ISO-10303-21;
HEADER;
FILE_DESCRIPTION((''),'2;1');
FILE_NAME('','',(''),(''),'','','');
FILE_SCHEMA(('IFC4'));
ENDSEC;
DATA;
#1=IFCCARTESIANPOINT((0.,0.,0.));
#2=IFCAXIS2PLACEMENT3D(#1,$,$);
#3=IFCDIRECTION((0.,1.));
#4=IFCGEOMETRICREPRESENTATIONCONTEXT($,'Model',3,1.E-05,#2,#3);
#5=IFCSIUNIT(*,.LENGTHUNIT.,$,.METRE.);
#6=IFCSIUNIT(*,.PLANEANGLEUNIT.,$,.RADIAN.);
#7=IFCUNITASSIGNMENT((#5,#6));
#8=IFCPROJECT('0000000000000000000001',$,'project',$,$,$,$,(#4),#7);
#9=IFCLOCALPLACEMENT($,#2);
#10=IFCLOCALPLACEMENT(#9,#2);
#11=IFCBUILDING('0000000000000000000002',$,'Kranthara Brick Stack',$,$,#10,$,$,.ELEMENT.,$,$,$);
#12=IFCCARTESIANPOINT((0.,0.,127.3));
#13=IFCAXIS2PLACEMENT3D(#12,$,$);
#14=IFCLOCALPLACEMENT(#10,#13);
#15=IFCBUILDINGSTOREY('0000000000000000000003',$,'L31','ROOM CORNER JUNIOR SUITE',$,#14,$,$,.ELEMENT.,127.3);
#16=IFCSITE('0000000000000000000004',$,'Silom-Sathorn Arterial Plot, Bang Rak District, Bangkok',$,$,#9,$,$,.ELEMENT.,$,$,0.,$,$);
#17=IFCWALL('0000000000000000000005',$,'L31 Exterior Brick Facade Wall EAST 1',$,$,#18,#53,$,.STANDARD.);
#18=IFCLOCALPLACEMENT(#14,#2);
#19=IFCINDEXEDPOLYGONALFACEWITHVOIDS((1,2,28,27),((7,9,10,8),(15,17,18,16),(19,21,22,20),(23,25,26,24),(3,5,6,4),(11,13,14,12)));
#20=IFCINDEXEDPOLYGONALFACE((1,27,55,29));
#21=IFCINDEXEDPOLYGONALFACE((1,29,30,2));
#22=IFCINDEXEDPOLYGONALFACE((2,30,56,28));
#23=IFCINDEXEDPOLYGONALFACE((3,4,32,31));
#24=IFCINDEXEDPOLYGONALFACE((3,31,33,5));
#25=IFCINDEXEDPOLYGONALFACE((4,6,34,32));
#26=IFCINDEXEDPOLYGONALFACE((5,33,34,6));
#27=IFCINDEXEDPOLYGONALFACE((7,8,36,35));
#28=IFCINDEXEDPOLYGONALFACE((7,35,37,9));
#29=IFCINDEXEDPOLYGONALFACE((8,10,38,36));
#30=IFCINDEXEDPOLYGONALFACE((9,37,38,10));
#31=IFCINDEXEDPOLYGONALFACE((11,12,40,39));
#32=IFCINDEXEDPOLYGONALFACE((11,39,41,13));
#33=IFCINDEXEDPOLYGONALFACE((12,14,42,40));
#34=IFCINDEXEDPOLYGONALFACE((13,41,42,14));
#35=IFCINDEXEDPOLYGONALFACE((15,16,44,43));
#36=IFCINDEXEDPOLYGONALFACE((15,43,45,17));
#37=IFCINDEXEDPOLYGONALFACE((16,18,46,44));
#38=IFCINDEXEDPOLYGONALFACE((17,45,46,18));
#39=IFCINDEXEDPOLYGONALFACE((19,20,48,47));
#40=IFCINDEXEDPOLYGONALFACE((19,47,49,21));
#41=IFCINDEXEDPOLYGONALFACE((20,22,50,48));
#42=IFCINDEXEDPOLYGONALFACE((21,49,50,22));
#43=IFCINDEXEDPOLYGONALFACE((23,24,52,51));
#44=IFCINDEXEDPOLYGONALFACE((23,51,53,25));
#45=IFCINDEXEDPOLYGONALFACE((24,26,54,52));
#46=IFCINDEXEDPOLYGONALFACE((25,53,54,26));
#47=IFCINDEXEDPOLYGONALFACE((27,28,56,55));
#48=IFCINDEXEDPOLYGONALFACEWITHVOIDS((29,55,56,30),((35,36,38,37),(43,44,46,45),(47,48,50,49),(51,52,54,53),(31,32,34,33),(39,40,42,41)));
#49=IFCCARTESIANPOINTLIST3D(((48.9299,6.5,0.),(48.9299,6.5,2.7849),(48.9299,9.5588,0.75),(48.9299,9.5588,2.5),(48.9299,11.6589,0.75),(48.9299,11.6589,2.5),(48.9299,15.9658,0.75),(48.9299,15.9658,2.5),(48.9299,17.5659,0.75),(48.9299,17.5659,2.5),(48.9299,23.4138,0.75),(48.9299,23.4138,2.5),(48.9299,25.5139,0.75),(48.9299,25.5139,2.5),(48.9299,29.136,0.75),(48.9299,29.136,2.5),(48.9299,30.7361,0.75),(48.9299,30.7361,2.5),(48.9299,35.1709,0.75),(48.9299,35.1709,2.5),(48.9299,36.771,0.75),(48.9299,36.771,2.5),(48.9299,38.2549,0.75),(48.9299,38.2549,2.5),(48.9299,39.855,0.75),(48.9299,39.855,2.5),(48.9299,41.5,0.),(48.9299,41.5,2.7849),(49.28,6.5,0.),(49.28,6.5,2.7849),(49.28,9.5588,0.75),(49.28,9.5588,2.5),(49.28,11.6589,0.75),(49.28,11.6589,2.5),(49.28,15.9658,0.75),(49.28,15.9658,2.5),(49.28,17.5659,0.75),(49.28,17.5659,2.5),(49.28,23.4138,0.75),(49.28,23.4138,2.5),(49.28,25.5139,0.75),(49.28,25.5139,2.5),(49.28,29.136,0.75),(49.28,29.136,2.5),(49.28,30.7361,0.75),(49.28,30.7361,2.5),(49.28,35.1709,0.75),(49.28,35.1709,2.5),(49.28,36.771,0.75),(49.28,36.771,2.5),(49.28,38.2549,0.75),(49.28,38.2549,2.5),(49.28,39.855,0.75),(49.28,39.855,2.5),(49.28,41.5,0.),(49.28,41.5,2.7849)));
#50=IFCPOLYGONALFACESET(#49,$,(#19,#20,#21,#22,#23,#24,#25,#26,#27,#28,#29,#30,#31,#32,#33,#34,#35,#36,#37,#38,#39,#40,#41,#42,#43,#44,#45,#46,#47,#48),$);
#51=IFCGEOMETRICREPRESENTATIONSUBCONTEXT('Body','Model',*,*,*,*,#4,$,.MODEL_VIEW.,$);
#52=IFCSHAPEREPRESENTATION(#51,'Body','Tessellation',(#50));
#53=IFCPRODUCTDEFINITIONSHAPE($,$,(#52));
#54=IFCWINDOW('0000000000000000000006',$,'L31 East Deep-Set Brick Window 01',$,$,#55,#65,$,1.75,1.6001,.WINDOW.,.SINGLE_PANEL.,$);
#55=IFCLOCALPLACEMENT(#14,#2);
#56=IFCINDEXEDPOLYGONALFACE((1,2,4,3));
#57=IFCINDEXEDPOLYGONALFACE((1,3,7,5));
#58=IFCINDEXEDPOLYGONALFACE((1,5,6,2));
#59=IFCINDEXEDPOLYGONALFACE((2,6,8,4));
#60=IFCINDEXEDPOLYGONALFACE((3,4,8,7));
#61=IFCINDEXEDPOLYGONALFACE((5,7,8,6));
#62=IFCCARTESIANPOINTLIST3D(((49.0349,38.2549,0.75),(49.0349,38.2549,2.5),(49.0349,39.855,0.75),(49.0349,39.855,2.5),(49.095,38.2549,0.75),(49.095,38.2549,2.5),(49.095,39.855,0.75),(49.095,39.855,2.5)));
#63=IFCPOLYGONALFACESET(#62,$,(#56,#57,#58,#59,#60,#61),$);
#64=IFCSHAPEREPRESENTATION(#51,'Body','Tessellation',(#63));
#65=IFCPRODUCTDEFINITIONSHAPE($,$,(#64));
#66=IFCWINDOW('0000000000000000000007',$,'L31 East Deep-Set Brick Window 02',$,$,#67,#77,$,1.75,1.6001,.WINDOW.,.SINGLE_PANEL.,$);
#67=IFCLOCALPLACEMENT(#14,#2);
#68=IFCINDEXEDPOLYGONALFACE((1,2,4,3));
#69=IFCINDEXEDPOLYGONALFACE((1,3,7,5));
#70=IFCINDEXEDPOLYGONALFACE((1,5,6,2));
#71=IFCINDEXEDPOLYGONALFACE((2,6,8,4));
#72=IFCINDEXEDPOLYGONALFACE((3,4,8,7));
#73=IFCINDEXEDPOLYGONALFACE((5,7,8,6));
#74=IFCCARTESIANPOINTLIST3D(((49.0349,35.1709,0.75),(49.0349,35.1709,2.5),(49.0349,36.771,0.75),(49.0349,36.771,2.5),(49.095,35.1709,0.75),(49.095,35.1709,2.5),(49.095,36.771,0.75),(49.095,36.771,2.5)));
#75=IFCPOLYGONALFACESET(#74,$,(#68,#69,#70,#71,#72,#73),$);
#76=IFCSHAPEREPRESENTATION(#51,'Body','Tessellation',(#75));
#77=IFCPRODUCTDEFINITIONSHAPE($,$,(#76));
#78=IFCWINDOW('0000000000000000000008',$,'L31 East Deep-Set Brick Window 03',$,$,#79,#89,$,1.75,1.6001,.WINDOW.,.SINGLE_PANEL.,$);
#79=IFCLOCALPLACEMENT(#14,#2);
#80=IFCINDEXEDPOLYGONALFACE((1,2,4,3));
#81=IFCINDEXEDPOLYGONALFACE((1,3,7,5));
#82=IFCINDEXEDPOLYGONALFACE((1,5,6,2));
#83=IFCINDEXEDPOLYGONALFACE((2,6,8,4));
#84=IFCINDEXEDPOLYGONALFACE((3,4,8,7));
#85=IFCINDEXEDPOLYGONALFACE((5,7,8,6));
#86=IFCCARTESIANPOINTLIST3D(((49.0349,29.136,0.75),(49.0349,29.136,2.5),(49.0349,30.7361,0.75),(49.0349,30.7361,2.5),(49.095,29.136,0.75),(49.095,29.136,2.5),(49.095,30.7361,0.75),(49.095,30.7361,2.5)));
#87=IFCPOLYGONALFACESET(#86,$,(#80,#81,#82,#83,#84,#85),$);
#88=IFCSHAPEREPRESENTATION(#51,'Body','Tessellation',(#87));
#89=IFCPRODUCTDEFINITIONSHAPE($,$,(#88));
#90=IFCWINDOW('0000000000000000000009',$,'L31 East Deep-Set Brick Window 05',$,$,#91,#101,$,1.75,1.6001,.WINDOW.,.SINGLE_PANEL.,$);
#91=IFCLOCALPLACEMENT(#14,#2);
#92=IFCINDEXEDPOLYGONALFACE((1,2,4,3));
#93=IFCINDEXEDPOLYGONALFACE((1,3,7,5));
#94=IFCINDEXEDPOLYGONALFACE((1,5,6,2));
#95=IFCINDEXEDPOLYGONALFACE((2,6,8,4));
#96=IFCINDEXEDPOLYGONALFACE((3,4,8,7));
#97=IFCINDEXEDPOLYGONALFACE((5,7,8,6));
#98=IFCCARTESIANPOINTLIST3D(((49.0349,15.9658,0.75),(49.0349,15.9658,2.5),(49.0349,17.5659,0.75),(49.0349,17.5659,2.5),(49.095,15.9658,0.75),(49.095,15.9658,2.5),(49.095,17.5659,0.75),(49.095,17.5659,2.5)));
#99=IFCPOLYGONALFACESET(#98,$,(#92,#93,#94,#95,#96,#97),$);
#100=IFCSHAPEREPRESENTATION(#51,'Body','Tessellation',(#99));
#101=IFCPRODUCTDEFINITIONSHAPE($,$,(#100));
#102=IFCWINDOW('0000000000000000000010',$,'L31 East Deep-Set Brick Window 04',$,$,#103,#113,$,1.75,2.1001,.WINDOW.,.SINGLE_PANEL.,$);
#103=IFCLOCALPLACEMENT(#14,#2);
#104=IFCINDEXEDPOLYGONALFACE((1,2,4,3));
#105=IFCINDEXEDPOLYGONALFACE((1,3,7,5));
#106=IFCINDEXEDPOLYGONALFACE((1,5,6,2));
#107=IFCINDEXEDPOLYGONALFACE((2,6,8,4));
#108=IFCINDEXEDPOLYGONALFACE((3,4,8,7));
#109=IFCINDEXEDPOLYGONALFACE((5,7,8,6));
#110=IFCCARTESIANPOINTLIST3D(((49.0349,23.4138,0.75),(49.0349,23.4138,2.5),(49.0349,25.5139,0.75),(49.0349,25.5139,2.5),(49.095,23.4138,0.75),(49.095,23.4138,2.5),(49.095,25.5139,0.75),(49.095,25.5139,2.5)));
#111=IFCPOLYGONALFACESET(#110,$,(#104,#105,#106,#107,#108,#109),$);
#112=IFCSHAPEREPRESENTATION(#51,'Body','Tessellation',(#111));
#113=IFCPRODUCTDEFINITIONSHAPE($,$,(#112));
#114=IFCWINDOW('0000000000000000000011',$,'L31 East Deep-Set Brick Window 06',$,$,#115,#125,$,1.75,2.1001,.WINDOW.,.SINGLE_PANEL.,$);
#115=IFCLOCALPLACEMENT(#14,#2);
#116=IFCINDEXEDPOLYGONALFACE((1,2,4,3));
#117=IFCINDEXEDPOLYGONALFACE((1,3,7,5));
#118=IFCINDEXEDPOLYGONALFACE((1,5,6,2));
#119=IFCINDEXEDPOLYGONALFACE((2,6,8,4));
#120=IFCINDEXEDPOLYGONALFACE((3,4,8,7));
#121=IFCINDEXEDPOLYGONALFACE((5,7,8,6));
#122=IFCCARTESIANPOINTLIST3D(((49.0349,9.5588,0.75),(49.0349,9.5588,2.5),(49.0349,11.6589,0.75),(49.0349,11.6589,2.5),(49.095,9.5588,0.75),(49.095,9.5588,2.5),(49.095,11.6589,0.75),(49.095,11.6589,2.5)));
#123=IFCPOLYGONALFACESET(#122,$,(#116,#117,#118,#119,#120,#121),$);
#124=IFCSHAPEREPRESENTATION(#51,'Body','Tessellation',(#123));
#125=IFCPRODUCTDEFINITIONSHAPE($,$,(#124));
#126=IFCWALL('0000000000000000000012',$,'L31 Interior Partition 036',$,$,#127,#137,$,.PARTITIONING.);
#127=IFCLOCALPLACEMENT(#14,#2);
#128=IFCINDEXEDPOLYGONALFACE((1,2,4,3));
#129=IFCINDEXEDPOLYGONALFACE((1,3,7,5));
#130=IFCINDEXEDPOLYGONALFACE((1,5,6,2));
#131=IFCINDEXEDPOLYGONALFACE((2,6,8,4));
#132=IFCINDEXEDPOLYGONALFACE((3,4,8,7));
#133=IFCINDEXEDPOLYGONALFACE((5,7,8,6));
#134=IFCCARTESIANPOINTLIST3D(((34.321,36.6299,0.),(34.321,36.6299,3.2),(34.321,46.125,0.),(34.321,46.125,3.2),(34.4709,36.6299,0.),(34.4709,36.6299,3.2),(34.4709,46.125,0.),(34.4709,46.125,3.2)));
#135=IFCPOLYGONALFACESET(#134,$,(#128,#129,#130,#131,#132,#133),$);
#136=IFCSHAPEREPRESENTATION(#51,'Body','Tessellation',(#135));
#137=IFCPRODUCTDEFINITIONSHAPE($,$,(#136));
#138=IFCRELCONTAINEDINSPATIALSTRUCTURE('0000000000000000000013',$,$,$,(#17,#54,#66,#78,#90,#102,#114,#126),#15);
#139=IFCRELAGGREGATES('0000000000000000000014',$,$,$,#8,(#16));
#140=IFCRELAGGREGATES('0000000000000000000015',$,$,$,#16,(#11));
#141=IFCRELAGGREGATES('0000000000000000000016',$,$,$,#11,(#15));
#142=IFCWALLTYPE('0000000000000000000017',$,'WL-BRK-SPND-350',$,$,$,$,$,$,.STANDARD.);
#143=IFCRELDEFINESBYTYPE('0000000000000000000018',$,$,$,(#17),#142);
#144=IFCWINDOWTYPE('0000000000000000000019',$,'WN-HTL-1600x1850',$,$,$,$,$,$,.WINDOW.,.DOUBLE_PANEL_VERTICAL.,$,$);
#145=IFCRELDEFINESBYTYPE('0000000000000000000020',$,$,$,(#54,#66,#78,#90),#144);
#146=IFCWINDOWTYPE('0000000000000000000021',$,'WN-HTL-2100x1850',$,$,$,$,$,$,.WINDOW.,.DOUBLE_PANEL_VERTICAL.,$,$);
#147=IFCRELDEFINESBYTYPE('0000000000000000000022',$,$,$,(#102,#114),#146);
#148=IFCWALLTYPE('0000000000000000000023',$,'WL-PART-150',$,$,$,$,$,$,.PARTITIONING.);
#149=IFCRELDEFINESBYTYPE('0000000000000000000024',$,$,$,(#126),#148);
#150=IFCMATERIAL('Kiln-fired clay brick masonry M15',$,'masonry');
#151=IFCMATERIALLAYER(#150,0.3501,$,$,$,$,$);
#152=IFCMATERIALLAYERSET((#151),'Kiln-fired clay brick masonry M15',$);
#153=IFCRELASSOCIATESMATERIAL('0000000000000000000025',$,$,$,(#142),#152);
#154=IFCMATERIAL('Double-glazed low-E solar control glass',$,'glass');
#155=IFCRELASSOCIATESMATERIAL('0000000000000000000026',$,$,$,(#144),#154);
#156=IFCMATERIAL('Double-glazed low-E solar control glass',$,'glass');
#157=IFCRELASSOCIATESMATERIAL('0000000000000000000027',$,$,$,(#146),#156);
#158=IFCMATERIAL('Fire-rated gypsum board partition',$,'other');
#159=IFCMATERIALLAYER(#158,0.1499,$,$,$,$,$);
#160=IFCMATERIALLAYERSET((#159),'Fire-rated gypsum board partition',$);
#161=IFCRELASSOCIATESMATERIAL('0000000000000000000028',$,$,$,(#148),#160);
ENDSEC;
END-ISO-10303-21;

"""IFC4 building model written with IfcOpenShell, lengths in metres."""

from ifc_helpers import new_model, si_unit, direction, frame, frame_2d, origin, place, context, subcontext, project, spatial, rectangle, extrude, material, layer, layer_set, type_object, element, fill, save


model = new_model("IFC4")

# Units and contexts
model_context = context("Model", 3, precision=1e-05, world=origin(), true_north=direction((0.0, 1.0)))
body_context = subcontext(model_context, "Body", "Model", "MODEL_VIEW")
ifc_project = project(units=[si_unit("LENGTHUNIT", "METRE"), si_unit("PLANEANGLEUNIT", "RADIAN")], contexts=[model_context])

# Site, building, storey
site_placement = place(None, origin())
site = spatial("IfcSite", under=ifc_project, at=site_placement, Name="Silom-Sathorn Arterial Plot, Bang Rak District, Bangkok", CompositionType="ELEMENT", RefElevation=0.0)
building_placement = place(site_placement, origin())
building = spatial("IfcBuilding", under=site, at=building_placement, Name="Kranthara Brick Stack", CompositionType="ELEMENT")
storey_placement = place(building_placement, frame((0.0, 0.0, 127.3)))
storey = spatial("IfcBuildingStorey", under=building, at=storey_placement, Name="L31", Description="ROOM CORNER JUNIOR SUITE", CompositionType="ELEMENT", Elevation=127.3)

# Shared definitions
ifc_material_1 = material(Name="Kiln-fired clay brick masonry M15", Category="masonry")
ifc_layer_1 = layer(ifc_material_1, 0.3501)
ifc_layer_set_1 = layer_set([ifc_layer_1], Name="Kiln-fired clay brick masonry M15")
wall_type_1 = type_object("IfcWallType", Name="WL-BRK-SPND-350", PredefinedType="STANDARD", material=ifc_layer_set_1)

# Wall, openings, windows
wall_1_placement = place(storey_placement, frame((49.105, 41.5, 0.0), z_axis=(0.0, 0.0, 1.0), x_axis=(0.0, -1.0, 0.0)))
wall_1 = element("IfcWall", 1, at=wall_1_placement, inside=storey, type_object=wall_type_1, Name="L31 Exterior Brick Facade Wall EAST 1", PredefinedType="STANDARD", context=body_context, shape_type="SweptSolid", body=[
    extrude(rectangle(XDim=35.0, YDim=0.3501, at=frame_2d((17.5, 0.0))), origin(), (0.0, 0.0, 1.0), 2.7849),
])
opening_1_placement = place(wall_1_placement, frame((1.645, 0.0, 0.75)))
opening_1 = element("IfcOpeningElement", 2, at=opening_1_placement, cuts=wall_1, PredefinedType="OPENING", context=body_context, shape_type="SweptSolid", body=[
    extrude(rectangle(XDim=1.6001, YDim=1.75, at=frame_2d((0.8, 0.875))), frame((0.0, 0.1851, 0.0), z_axis=(0.0, -1.0, 0.0), x_axis=(1.0, 0.0, 0.0)), (0.0, 0.0, 1.0), 0.3701),
])
opening_2_placement = place(wall_1_placement, frame((4.729, 0.0, 0.75)))
opening_2 = element("IfcOpeningElement", 3, at=opening_2_placement, cuts=wall_1, PredefinedType="OPENING", context=body_context, shape_type="SweptSolid", body=[
    extrude(rectangle(XDim=1.6001, YDim=1.75, at=frame_2d((0.8, 0.875))), frame((0.0, 0.1851, 0.0), z_axis=(0.0, -1.0, 0.0), x_axis=(1.0, 0.0, 0.0)), (0.0, 0.0, 1.0), 0.3701),
])
opening_3_placement = place(wall_1_placement, frame((10.7639, 0.0, 0.75)))
opening_3 = element("IfcOpeningElement", 4, at=opening_3_placement, cuts=wall_1, PredefinedType="OPENING", context=body_context, shape_type="SweptSolid", body=[
    extrude(rectangle(XDim=1.6001, YDim=1.75, at=frame_2d((0.8, 0.875))), frame((0.0, 0.1851, 0.0), z_axis=(0.0, -1.0, 0.0), x_axis=(1.0, 0.0, 0.0)), (0.0, 0.0, 1.0), 0.3701),
])
opening_4_placement = place(wall_1_placement, frame((15.9861, 0.0, 0.75)))
opening_4 = element("IfcOpeningElement", 5, at=opening_4_placement, cuts=wall_1, PredefinedType="OPENING", context=body_context, shape_type="SweptSolid", body=[
    extrude(rectangle(XDim=2.1001, YDim=1.75, at=frame_2d((1.05, 0.875))), frame((0.0, 0.1851, 0.0), z_axis=(0.0, -1.0, 0.0), x_axis=(1.0, 0.0, 0.0)), (0.0, 0.0, 1.0), 0.3701),
])
opening_5_placement = place(wall_1_placement, frame((23.9341, 0.0, 0.75)))
opening_5 = element("IfcOpeningElement", 6, at=opening_5_placement, cuts=wall_1, PredefinedType="OPENING", context=body_context, shape_type="SweptSolid", body=[
    extrude(rectangle(XDim=1.6001, YDim=1.75, at=frame_2d((0.8, 0.875))), frame((0.0, 0.1851, 0.0), z_axis=(0.0, -1.0, 0.0), x_axis=(1.0, 0.0, 0.0)), (0.0, 0.0, 1.0), 0.3701),
])
opening_6_placement = place(wall_1_placement, frame((29.8411, 0.0, 0.75)))
opening_6 = element("IfcOpeningElement", 7, at=opening_6_placement, cuts=wall_1, PredefinedType="OPENING", context=body_context, shape_type="SweptSolid", body=[
    extrude(rectangle(XDim=2.1001, YDim=1.75, at=frame_2d((1.05, 0.875))), frame((0.0, 0.1851, 0.0), z_axis=(0.0, -1.0, 0.0), x_axis=(1.0, 0.0, 0.0)), (0.0, 0.0, 1.0), 0.3701),
])
ifc_material_2 = material(Name="Double-glazed low-E solar control glass", Category="glass")
window_type_1 = type_object("IfcWindowType", Name="WN-HTL-1600x1850", PartitioningType="DOUBLE_PANEL_VERTICAL", PredefinedType="WINDOW", material=ifc_material_2)
window_1_placement = place(opening_1_placement, origin())
window_1 = element("IfcWindow", 8, at=window_1_placement, inside=storey, type_object=window_type_1, Name="L31 East Deep-Set Brick Window 01", OverallHeight=1.75, OverallWidth=1.6001, PartitioningType="SINGLE_PANEL", PredefinedType="WINDOW", context=body_context, shape_type="SweptSolid", body=[
    extrude(rectangle(XDim=1.6001, YDim=1.75, at=frame_2d((0.8, 0.875))), frame((0.0, -0.01, 0.0), z_axis=(0.0, -1.0, 0.0), x_axis=(1.0, 0.0, 0.0)), (0.0, 0.0, 1.0), 0.0601),
])
fill(opening_1, window_1)
window_2_placement = place(opening_2_placement, origin())
window_2 = element("IfcWindow", 9, at=window_2_placement, inside=storey, type_object=window_type_1, Name="L31 East Deep-Set Brick Window 02", OverallHeight=1.75, OverallWidth=1.6001, PartitioningType="SINGLE_PANEL", PredefinedType="WINDOW", context=body_context, shape_type="SweptSolid", body=[
    extrude(rectangle(XDim=1.6001, YDim=1.75, at=frame_2d((0.8, 0.875))), frame((0.0, -0.01, 0.0), z_axis=(0.0, -1.0, 0.0), x_axis=(1.0, 0.0, 0.0)), (0.0, 0.0, 1.0), 0.0601),
])
fill(opening_2, window_2)
window_3_placement = place(opening_3_placement, origin())
window_3 = element("IfcWindow", 10, at=window_3_placement, inside=storey, type_object=window_type_1, Name="L31 East Deep-Set Brick Window 03", OverallHeight=1.75, OverallWidth=1.6001, PartitioningType="SINGLE_PANEL", PredefinedType="WINDOW", context=body_context, shape_type="SweptSolid", body=[
    extrude(rectangle(XDim=1.6001, YDim=1.75, at=frame_2d((0.8, 0.875))), frame((0.0, -0.01, 0.0), z_axis=(0.0, -1.0, 0.0), x_axis=(1.0, 0.0, 0.0)), (0.0, 0.0, 1.0), 0.0601),
])
fill(opening_3, window_3)
window_4_placement = place(opening_5_placement, origin())
window_4 = element("IfcWindow", 11, at=window_4_placement, inside=storey, type_object=window_type_1, Name="L31 East Deep-Set Brick Window 05", OverallHeight=1.75, OverallWidth=1.6001, PartitioningType="SINGLE_PANEL", PredefinedType="WINDOW", context=body_context, shape_type="SweptSolid", body=[
    extrude(rectangle(XDim=1.6001, YDim=1.75, at=frame_2d((0.8, 0.875))), frame((0.0, -0.01, 0.0), z_axis=(0.0, -1.0, 0.0), x_axis=(1.0, 0.0, 0.0)), (0.0, 0.0, 1.0), 0.0601),
])
fill(opening_5, window_4)
ifc_material_3 = material(Name="Double-glazed low-E solar control glass", Category="glass")
window_type_2 = type_object("IfcWindowType", Name="WN-HTL-2100x1850", PartitioningType="DOUBLE_PANEL_VERTICAL", PredefinedType="WINDOW", material=ifc_material_3)
window_5_placement = place(opening_4_placement, origin())
window_5 = element("IfcWindow", 12, at=window_5_placement, inside=storey, type_object=window_type_2, Name="L31 East Deep-Set Brick Window 04", OverallHeight=1.75, OverallWidth=2.1001, PartitioningType="SINGLE_PANEL", PredefinedType="WINDOW", context=body_context, shape_type="SweptSolid", body=[
    extrude(rectangle(XDim=2.1001, YDim=1.75, at=frame_2d((1.05, 0.875))), frame((0.0, -0.01, 0.0), z_axis=(0.0, -1.0, 0.0), x_axis=(1.0, 0.0, 0.0)), (0.0, 0.0, 1.0), 0.0601),
])
fill(opening_4, window_5)
window_6_placement = place(opening_6_placement, origin())
window_6 = element("IfcWindow", 13, at=window_6_placement, inside=storey, type_object=window_type_2, Name="L31 East Deep-Set Brick Window 06", OverallHeight=1.75, OverallWidth=2.1001, PartitioningType="SINGLE_PANEL", PredefinedType="WINDOW", context=body_context, shape_type="SweptSolid", body=[
    extrude(rectangle(XDim=2.1001, YDim=1.75, at=frame_2d((1.05, 0.875))), frame((0.0, -0.01, 0.0), z_axis=(0.0, -1.0, 0.0), x_axis=(1.0, 0.0, 0.0)), (0.0, 0.0, 1.0), 0.0601),
])
fill(opening_6, window_6)

# Wall
ifc_material_4 = material(Name="Fire-rated gypsum board partition", Category="other")
ifc_layer_2 = layer(ifc_material_4, 0.1499)
ifc_layer_set_2 = layer_set([ifc_layer_2], Name="Fire-rated gypsum board partition")
wall_type_2 = type_object("IfcWallType", Name="WL-PART-150", PredefinedType="PARTITIONING", material=ifc_layer_set_2)
wall_2_placement = place(storey_placement, frame((34.396, 36.6299, 0.0), z_axis=(0.0, 0.0, 1.0), x_axis=(0.0, 1.0, 0.0)))
element("IfcWall", 14, at=wall_2_placement, inside=storey, type_object=wall_type_2, Name="L31 Interior Partition 036", PredefinedType="PARTITIONING", context=body_context, shape_type="SweptSolid", body=[
    extrude(rectangle(XDim=9.4951, YDim=0.1499, at=frame_2d((4.7476, 0.0))), origin(), (0.0, 0.0, 1.0), 3.2),
])

save(model, "model.ifc")
